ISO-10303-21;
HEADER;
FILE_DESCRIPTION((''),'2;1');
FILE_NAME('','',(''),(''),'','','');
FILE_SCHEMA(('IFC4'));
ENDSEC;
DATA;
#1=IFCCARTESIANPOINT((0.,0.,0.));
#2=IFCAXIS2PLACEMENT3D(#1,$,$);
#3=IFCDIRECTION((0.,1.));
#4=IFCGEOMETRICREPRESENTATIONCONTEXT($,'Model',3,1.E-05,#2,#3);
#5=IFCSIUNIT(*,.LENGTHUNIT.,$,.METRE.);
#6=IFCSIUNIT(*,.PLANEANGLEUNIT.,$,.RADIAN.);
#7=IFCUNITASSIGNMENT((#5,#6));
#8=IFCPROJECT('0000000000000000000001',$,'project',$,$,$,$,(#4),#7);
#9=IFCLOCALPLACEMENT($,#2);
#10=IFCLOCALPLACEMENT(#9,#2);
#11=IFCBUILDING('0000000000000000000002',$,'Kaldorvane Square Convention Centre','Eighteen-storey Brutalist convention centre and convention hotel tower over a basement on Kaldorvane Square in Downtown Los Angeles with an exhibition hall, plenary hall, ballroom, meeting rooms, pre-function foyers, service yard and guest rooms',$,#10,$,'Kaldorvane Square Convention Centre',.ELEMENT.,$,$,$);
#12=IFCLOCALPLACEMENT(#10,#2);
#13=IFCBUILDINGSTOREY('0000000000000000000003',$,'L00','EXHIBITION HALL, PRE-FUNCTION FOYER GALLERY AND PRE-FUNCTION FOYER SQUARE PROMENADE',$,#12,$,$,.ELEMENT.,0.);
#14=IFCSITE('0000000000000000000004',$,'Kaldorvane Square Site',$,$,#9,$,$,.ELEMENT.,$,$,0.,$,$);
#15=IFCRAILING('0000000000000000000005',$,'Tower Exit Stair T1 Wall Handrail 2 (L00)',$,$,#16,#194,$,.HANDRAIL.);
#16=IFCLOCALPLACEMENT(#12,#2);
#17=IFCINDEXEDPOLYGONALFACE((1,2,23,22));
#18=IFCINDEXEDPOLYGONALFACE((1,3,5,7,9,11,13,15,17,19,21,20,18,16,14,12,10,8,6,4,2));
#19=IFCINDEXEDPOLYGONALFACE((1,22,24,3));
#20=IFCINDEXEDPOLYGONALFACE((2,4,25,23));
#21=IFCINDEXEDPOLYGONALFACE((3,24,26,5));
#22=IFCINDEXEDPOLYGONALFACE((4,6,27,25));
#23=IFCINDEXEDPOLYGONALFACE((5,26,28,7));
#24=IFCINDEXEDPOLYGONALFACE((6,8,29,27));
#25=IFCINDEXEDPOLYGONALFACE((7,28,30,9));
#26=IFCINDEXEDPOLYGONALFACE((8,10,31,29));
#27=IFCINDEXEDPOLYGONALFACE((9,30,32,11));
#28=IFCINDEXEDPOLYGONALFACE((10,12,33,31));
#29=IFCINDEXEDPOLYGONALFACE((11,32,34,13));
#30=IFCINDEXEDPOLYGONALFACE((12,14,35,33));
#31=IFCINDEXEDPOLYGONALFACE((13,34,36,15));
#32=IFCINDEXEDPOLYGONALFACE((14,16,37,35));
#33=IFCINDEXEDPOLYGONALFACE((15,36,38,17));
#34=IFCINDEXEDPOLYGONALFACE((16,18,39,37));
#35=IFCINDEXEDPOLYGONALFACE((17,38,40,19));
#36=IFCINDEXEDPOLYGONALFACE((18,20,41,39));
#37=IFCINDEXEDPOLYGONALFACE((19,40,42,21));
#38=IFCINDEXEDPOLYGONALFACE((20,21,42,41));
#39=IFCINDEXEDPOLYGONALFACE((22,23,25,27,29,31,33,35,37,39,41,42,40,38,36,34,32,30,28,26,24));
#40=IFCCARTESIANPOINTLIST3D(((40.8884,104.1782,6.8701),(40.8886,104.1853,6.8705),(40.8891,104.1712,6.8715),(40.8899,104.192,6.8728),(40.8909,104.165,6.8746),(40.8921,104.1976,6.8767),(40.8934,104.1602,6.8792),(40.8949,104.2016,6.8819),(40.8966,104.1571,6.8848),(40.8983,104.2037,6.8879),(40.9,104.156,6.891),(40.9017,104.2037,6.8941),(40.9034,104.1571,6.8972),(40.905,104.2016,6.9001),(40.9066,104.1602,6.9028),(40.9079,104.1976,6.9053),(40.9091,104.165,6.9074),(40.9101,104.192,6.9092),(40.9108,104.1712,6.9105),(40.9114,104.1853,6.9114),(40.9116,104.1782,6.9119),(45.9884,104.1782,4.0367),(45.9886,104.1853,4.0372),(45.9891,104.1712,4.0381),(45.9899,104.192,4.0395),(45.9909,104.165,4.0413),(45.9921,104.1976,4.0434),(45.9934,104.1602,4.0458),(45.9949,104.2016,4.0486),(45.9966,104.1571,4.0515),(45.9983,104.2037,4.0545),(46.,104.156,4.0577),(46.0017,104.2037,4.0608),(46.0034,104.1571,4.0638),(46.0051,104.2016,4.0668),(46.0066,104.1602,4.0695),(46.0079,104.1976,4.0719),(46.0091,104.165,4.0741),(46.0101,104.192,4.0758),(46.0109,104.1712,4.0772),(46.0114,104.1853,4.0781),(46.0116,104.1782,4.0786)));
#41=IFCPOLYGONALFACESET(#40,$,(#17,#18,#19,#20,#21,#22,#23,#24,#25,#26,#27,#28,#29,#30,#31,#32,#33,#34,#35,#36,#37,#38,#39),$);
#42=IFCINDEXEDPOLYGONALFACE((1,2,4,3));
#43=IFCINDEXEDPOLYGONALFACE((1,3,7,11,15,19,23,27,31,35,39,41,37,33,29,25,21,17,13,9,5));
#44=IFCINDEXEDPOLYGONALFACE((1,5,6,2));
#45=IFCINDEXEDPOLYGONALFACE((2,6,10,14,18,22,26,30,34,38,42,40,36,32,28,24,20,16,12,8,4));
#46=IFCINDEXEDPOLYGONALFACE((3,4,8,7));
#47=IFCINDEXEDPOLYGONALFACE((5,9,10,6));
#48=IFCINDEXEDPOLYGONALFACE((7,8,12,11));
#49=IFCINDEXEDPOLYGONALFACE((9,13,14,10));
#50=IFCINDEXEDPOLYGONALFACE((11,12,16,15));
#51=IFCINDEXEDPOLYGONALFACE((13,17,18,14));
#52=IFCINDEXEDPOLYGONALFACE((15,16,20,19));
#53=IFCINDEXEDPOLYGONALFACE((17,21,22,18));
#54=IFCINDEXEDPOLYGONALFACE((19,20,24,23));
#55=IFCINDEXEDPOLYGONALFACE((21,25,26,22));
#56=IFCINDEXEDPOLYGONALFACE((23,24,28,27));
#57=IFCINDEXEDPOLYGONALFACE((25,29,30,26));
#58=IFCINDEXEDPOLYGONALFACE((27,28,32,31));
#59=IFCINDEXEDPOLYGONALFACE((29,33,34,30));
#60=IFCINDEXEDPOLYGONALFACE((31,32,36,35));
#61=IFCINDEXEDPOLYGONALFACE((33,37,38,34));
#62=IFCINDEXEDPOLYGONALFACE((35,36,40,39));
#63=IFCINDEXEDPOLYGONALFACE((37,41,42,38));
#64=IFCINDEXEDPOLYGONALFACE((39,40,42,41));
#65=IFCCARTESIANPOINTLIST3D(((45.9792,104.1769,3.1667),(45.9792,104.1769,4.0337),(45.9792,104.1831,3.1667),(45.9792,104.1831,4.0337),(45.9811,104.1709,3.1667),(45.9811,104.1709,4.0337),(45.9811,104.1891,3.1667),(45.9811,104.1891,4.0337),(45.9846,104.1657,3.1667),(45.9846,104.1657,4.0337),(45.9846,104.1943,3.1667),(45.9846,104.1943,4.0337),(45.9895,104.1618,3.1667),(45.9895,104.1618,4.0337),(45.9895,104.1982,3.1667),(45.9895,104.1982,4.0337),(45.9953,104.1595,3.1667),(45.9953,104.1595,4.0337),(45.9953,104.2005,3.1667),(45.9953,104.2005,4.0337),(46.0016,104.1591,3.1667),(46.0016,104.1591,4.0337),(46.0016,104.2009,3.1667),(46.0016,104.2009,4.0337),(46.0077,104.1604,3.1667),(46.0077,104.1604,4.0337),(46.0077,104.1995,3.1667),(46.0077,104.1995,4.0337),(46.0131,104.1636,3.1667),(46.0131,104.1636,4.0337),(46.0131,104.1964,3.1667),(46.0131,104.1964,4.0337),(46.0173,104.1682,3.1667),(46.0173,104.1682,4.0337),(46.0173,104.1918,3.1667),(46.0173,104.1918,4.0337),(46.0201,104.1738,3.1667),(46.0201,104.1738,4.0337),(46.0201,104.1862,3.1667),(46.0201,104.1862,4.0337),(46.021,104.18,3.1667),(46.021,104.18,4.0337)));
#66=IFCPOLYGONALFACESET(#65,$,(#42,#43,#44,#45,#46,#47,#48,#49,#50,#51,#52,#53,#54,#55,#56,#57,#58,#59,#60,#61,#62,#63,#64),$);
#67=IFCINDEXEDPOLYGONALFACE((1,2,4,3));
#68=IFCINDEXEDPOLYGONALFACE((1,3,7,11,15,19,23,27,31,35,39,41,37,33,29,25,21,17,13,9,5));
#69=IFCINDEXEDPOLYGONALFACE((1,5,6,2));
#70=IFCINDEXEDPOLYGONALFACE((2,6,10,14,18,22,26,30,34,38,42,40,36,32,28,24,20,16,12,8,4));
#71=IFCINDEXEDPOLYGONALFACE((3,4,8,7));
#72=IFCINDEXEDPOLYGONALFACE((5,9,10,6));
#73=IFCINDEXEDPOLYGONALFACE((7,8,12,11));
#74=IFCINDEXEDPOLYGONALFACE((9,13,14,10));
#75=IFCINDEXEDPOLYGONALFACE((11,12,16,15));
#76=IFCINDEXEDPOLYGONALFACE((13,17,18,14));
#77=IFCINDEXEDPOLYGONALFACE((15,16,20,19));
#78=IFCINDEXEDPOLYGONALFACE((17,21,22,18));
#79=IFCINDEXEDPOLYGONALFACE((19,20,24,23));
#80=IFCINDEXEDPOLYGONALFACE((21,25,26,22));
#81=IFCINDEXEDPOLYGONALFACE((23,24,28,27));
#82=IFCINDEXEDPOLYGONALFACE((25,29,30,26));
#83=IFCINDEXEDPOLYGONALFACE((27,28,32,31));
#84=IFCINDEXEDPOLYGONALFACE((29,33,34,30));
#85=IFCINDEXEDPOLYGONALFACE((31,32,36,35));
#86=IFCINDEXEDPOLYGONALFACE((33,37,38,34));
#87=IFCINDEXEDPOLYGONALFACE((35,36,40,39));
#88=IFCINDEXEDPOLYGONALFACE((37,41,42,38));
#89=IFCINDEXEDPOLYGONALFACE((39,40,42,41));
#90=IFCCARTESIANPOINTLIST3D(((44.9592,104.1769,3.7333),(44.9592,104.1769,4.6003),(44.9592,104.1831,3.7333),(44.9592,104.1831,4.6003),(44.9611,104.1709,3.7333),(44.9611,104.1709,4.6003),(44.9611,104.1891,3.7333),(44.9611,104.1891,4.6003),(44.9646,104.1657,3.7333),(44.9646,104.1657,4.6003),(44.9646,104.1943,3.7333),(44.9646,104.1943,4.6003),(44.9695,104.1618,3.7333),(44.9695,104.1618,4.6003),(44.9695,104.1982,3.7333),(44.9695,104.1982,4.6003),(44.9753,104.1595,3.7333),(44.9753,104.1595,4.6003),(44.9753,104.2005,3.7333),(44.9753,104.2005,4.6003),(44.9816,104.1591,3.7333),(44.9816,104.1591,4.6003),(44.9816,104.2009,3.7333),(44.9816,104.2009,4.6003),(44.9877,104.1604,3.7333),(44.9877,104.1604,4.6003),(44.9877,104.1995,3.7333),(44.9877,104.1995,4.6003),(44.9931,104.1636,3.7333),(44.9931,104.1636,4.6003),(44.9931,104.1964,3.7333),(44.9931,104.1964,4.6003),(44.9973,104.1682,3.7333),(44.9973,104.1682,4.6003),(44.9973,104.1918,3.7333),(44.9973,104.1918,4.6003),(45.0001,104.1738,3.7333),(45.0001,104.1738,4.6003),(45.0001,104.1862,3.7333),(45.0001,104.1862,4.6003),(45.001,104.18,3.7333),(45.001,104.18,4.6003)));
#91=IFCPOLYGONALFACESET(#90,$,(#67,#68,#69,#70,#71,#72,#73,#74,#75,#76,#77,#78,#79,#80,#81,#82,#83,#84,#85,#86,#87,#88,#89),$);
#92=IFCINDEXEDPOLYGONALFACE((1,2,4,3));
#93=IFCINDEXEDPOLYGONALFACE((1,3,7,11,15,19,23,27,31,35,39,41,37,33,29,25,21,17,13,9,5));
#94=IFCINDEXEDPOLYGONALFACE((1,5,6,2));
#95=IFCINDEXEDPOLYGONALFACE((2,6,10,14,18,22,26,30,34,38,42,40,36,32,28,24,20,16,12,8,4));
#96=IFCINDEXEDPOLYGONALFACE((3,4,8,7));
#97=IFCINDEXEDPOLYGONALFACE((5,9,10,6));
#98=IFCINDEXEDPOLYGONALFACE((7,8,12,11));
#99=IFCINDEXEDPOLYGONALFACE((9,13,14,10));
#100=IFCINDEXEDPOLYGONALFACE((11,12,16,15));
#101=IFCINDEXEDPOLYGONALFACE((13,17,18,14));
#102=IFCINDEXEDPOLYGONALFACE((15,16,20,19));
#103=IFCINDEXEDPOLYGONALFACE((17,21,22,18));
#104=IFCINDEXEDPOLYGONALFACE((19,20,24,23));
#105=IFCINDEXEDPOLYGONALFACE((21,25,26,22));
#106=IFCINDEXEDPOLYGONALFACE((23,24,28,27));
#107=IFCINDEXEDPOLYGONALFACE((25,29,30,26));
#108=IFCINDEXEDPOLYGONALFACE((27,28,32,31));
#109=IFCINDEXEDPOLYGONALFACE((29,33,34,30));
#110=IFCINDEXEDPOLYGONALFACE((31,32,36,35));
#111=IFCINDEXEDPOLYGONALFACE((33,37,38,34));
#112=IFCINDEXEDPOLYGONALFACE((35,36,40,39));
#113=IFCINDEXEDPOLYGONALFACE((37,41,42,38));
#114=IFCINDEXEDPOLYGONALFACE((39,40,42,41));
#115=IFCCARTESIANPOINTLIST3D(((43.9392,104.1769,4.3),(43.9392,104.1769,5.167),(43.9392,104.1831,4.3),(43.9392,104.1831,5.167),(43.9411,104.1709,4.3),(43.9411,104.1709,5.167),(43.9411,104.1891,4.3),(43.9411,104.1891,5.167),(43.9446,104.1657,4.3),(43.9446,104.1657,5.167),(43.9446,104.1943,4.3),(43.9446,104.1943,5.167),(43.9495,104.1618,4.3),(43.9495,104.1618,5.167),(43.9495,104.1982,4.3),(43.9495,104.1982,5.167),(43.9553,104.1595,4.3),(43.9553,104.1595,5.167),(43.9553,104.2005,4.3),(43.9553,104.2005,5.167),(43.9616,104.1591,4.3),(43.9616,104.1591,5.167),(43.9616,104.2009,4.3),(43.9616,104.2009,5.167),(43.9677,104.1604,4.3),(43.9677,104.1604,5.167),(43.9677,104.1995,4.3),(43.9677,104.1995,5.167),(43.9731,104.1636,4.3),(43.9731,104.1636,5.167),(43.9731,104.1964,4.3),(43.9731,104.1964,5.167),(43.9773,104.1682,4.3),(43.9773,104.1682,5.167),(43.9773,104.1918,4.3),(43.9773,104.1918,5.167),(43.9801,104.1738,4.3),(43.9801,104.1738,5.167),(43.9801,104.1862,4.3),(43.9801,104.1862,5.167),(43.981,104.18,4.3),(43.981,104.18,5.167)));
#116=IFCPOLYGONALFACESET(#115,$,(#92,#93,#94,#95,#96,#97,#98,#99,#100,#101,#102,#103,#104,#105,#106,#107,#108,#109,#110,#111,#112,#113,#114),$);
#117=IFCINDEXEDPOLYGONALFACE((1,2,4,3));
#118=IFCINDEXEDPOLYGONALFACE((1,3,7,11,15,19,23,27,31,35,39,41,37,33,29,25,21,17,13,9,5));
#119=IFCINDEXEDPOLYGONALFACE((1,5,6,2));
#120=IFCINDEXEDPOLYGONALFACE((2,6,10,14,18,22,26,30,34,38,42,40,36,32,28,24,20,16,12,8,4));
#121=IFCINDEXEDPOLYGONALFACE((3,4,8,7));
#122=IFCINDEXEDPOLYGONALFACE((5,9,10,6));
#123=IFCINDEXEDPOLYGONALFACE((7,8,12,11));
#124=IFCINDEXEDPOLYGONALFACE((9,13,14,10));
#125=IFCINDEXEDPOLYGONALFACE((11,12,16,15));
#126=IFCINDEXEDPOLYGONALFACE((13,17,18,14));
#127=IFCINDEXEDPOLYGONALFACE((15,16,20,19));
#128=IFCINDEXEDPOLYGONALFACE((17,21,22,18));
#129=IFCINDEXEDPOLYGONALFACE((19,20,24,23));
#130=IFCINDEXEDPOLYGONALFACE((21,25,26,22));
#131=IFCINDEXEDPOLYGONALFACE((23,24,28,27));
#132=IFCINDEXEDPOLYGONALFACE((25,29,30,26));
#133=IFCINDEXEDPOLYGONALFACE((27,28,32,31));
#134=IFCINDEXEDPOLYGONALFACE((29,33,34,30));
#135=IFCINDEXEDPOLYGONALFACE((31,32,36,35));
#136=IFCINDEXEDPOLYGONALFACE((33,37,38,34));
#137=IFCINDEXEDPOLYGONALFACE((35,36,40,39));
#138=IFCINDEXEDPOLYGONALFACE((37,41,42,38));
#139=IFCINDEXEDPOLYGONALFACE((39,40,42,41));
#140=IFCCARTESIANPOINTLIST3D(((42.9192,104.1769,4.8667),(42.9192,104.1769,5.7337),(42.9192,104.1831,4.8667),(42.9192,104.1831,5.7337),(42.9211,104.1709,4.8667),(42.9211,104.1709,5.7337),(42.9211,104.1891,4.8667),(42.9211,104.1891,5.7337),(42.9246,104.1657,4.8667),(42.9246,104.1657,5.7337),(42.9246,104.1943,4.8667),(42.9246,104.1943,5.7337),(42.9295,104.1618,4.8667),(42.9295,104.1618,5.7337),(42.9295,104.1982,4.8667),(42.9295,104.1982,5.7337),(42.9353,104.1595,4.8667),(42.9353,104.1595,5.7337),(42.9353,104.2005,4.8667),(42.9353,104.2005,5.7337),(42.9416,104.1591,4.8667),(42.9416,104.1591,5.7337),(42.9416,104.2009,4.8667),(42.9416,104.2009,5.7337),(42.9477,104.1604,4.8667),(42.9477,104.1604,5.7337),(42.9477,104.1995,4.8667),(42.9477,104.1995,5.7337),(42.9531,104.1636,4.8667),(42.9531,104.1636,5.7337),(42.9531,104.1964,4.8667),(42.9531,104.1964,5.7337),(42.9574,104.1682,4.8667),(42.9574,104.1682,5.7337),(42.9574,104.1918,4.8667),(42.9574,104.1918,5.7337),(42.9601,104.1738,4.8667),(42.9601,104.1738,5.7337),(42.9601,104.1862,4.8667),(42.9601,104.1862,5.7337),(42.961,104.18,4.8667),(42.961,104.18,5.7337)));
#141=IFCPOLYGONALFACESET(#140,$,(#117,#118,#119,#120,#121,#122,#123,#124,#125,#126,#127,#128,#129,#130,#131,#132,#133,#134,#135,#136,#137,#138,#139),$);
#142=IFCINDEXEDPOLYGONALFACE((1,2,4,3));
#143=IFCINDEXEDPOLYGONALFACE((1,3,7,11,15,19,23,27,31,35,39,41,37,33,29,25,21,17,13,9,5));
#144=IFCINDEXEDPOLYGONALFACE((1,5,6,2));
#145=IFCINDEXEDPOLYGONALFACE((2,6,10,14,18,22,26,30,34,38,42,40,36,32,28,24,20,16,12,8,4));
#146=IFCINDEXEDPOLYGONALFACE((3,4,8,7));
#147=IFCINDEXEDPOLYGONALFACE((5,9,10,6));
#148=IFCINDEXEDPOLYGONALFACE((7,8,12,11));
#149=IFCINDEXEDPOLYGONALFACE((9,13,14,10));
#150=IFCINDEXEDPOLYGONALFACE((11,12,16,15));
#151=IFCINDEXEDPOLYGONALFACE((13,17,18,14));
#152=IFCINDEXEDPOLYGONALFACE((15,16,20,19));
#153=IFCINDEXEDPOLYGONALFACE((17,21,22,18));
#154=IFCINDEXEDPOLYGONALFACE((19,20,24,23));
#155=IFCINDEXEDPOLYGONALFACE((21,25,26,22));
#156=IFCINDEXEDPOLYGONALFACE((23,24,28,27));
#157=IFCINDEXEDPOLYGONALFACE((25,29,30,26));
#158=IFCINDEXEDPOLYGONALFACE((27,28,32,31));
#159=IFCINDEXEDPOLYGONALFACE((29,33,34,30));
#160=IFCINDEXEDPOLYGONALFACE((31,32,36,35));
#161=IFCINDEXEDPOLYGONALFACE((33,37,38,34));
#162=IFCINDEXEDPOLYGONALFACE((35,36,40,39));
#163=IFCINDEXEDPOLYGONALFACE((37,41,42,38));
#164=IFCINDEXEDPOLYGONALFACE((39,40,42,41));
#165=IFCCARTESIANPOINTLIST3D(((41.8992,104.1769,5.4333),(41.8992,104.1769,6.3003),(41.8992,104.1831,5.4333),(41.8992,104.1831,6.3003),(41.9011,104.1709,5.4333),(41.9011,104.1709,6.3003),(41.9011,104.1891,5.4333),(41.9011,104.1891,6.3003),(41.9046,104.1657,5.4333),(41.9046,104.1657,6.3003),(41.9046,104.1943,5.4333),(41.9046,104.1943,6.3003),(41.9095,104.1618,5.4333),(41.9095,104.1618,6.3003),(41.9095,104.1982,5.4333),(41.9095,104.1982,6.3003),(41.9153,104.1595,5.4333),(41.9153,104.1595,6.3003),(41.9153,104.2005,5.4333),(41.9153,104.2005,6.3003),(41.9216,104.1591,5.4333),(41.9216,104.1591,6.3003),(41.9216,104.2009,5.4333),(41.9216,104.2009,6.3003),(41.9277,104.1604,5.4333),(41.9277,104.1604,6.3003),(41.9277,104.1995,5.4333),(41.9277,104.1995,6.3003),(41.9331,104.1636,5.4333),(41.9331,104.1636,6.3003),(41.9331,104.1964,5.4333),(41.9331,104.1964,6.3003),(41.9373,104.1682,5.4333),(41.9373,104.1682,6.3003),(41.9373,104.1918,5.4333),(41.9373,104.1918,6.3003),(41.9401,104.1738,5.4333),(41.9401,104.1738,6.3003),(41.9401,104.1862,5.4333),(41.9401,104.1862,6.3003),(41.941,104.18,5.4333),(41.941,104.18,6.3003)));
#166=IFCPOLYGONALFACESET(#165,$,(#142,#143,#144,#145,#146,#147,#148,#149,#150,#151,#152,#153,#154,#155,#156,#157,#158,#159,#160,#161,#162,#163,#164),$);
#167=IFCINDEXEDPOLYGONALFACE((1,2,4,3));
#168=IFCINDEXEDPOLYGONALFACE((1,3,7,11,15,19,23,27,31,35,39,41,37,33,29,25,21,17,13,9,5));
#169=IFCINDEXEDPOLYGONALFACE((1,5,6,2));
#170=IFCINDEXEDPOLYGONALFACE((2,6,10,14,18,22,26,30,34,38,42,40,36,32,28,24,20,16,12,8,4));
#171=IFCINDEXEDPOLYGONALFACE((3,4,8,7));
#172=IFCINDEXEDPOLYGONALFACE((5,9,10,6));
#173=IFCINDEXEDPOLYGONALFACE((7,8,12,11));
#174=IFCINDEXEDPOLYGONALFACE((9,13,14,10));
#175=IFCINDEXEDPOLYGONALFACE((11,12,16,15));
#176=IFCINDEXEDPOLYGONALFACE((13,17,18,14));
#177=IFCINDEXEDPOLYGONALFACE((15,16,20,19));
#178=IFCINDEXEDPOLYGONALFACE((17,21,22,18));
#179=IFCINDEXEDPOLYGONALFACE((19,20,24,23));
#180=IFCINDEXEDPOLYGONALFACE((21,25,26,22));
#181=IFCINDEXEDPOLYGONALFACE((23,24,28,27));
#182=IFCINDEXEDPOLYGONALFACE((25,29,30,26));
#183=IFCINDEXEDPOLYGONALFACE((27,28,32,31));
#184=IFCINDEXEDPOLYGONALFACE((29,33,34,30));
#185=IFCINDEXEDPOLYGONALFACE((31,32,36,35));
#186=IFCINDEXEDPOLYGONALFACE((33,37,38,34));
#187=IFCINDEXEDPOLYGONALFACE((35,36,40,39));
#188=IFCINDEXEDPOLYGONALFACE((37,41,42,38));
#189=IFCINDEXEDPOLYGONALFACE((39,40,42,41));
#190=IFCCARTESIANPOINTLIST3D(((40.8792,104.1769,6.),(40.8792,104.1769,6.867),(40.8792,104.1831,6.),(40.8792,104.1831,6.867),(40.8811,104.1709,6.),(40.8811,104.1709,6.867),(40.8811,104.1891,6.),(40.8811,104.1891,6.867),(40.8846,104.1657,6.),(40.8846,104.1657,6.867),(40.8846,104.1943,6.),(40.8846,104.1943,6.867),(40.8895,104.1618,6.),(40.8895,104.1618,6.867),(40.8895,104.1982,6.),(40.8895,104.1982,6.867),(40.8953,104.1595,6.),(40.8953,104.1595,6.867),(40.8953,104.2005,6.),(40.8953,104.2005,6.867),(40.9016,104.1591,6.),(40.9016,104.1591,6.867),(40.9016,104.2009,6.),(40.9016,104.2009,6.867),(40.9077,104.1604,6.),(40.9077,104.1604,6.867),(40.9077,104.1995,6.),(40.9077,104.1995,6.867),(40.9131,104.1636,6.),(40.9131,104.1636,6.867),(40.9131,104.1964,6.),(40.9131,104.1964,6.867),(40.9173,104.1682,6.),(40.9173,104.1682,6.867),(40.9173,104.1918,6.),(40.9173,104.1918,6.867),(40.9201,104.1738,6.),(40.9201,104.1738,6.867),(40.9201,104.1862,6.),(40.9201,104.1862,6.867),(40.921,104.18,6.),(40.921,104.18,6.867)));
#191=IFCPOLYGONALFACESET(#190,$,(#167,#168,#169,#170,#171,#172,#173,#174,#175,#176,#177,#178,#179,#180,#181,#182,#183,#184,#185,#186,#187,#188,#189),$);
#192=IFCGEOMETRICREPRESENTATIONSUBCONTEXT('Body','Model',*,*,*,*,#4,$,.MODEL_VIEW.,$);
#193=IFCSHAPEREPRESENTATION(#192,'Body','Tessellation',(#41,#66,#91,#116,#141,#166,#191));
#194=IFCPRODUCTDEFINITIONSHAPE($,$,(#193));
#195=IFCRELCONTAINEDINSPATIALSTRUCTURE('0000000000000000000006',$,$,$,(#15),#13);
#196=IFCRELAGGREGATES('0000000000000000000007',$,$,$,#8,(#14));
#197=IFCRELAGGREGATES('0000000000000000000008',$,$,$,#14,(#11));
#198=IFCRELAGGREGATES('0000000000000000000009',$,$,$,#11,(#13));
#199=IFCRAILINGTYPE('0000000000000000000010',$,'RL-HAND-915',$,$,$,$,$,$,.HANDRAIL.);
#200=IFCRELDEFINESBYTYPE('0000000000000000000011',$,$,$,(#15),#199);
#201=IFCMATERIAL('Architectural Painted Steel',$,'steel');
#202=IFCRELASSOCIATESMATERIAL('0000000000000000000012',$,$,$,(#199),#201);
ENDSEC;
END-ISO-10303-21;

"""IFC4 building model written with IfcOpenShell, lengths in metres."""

from ifc_helpers import new_model, si_unit, direction, frame, origin, origin_2d, place, context, subcontext, project, spatial, circle, extrude, material, type_object, element, save


model = new_model("IFC4")

# Units and contexts
model_context = context("Model", 3, precision=1e-05, world=origin(), true_north=direction((0.0, 1.0)))
body_context = subcontext(model_context, "Body", "Model", "MODEL_VIEW")
ifc_project = project(units=[si_unit("LENGTHUNIT", "METRE"), si_unit("PLANEANGLEUNIT", "RADIAN")], contexts=[model_context])

# Site, building, storey
site_placement = place(None, origin())
site = spatial("IfcSite", under=ifc_project, at=site_placement, Name="Kaldorvane Square Site", CompositionType="ELEMENT", RefElevation=0.0)
building_placement = place(site_placement, origin())
building = spatial("IfcBuilding", under=site, at=building_placement, Name="Kaldorvane Square Convention Centre", Description="Eighteen-storey Brutalist convention centre and convention hotel tower over a basement on Kaldorvane Square in Downtown Los Angeles with an exhibition hall, plenary hall, ballroom, meeting rooms, pre-function foyers, service yard and guest rooms", LongName="Kaldorvane Square Convention Centre", CompositionType="ELEMENT")
storey_placement = place(building_placement, origin())
storey = spatial("IfcBuildingStorey", under=building, at=storey_placement, Name="L00", Description="EXHIBITION HALL, PRE-FUNCTION FOYER GALLERY AND PRE-FUNCTION FOYER SQUARE PROMENADE", CompositionType="ELEMENT", Elevation=0.0)

# Railing
ifc_material_1 = material(Name="Architectural Painted Steel", Category="steel")
railing_type_1 = type_object("IfcRailingType", Name="RL-HAND-915", PredefinedType="HANDRAIL", material=ifc_material_1)
railing_1_placement = place(storey_placement, frame((46.0, 104.18, 3.1667)))
element("IfcRailing", 1, at=railing_1_placement, inside=storey, type_object=railing_type_1, Name="Tower Exit Stair T1 Wall Handrail 2 (L00)", PredefinedType="HANDRAIL", context=body_context, shape_type="SweptSolid", body=[
    extrude(circle(Radius=0.024, at=origin_2d()), frame((0.0, 0.0, 0.891), z_axis=(-0.874158, 0.0, 0.485642), x_axis=(0.0, -1.0, 0.0)), (0.0, 0.0, 1.0), 5.8342),
    extrude(circle(Radius=0.021, at=origin_2d()), origin(), (0.0, 0.0, 1.0), 0.867),
    extrude(circle(Radius=0.021, at=origin_2d()), frame((-1.02, 0.0, 0.5667)), (0.0, 0.0, 1.0), 0.867),
    extrude(circle(Radius=0.021, at=origin_2d()), frame((-2.04, 0.0, 1.1333)), (0.0, 0.0, 1.0), 0.867),
    extrude(circle(Radius=0.021, at=origin_2d()), frame((-3.06, 0.0, 1.7)), (0.0, 0.0, 1.0), 0.867),
    extrude(circle(Radius=0.021, at=origin_2d()), frame((-4.08, 0.0, 2.2667)), (0.0, 0.0, 1.0), 0.867),
    extrude(circle(Radius=0.021, at=origin_2d()), frame((-5.1, 0.0, 2.8333)), (0.0, 0.0, 1.0), 0.867),
])

save(model, "model.ifc")
